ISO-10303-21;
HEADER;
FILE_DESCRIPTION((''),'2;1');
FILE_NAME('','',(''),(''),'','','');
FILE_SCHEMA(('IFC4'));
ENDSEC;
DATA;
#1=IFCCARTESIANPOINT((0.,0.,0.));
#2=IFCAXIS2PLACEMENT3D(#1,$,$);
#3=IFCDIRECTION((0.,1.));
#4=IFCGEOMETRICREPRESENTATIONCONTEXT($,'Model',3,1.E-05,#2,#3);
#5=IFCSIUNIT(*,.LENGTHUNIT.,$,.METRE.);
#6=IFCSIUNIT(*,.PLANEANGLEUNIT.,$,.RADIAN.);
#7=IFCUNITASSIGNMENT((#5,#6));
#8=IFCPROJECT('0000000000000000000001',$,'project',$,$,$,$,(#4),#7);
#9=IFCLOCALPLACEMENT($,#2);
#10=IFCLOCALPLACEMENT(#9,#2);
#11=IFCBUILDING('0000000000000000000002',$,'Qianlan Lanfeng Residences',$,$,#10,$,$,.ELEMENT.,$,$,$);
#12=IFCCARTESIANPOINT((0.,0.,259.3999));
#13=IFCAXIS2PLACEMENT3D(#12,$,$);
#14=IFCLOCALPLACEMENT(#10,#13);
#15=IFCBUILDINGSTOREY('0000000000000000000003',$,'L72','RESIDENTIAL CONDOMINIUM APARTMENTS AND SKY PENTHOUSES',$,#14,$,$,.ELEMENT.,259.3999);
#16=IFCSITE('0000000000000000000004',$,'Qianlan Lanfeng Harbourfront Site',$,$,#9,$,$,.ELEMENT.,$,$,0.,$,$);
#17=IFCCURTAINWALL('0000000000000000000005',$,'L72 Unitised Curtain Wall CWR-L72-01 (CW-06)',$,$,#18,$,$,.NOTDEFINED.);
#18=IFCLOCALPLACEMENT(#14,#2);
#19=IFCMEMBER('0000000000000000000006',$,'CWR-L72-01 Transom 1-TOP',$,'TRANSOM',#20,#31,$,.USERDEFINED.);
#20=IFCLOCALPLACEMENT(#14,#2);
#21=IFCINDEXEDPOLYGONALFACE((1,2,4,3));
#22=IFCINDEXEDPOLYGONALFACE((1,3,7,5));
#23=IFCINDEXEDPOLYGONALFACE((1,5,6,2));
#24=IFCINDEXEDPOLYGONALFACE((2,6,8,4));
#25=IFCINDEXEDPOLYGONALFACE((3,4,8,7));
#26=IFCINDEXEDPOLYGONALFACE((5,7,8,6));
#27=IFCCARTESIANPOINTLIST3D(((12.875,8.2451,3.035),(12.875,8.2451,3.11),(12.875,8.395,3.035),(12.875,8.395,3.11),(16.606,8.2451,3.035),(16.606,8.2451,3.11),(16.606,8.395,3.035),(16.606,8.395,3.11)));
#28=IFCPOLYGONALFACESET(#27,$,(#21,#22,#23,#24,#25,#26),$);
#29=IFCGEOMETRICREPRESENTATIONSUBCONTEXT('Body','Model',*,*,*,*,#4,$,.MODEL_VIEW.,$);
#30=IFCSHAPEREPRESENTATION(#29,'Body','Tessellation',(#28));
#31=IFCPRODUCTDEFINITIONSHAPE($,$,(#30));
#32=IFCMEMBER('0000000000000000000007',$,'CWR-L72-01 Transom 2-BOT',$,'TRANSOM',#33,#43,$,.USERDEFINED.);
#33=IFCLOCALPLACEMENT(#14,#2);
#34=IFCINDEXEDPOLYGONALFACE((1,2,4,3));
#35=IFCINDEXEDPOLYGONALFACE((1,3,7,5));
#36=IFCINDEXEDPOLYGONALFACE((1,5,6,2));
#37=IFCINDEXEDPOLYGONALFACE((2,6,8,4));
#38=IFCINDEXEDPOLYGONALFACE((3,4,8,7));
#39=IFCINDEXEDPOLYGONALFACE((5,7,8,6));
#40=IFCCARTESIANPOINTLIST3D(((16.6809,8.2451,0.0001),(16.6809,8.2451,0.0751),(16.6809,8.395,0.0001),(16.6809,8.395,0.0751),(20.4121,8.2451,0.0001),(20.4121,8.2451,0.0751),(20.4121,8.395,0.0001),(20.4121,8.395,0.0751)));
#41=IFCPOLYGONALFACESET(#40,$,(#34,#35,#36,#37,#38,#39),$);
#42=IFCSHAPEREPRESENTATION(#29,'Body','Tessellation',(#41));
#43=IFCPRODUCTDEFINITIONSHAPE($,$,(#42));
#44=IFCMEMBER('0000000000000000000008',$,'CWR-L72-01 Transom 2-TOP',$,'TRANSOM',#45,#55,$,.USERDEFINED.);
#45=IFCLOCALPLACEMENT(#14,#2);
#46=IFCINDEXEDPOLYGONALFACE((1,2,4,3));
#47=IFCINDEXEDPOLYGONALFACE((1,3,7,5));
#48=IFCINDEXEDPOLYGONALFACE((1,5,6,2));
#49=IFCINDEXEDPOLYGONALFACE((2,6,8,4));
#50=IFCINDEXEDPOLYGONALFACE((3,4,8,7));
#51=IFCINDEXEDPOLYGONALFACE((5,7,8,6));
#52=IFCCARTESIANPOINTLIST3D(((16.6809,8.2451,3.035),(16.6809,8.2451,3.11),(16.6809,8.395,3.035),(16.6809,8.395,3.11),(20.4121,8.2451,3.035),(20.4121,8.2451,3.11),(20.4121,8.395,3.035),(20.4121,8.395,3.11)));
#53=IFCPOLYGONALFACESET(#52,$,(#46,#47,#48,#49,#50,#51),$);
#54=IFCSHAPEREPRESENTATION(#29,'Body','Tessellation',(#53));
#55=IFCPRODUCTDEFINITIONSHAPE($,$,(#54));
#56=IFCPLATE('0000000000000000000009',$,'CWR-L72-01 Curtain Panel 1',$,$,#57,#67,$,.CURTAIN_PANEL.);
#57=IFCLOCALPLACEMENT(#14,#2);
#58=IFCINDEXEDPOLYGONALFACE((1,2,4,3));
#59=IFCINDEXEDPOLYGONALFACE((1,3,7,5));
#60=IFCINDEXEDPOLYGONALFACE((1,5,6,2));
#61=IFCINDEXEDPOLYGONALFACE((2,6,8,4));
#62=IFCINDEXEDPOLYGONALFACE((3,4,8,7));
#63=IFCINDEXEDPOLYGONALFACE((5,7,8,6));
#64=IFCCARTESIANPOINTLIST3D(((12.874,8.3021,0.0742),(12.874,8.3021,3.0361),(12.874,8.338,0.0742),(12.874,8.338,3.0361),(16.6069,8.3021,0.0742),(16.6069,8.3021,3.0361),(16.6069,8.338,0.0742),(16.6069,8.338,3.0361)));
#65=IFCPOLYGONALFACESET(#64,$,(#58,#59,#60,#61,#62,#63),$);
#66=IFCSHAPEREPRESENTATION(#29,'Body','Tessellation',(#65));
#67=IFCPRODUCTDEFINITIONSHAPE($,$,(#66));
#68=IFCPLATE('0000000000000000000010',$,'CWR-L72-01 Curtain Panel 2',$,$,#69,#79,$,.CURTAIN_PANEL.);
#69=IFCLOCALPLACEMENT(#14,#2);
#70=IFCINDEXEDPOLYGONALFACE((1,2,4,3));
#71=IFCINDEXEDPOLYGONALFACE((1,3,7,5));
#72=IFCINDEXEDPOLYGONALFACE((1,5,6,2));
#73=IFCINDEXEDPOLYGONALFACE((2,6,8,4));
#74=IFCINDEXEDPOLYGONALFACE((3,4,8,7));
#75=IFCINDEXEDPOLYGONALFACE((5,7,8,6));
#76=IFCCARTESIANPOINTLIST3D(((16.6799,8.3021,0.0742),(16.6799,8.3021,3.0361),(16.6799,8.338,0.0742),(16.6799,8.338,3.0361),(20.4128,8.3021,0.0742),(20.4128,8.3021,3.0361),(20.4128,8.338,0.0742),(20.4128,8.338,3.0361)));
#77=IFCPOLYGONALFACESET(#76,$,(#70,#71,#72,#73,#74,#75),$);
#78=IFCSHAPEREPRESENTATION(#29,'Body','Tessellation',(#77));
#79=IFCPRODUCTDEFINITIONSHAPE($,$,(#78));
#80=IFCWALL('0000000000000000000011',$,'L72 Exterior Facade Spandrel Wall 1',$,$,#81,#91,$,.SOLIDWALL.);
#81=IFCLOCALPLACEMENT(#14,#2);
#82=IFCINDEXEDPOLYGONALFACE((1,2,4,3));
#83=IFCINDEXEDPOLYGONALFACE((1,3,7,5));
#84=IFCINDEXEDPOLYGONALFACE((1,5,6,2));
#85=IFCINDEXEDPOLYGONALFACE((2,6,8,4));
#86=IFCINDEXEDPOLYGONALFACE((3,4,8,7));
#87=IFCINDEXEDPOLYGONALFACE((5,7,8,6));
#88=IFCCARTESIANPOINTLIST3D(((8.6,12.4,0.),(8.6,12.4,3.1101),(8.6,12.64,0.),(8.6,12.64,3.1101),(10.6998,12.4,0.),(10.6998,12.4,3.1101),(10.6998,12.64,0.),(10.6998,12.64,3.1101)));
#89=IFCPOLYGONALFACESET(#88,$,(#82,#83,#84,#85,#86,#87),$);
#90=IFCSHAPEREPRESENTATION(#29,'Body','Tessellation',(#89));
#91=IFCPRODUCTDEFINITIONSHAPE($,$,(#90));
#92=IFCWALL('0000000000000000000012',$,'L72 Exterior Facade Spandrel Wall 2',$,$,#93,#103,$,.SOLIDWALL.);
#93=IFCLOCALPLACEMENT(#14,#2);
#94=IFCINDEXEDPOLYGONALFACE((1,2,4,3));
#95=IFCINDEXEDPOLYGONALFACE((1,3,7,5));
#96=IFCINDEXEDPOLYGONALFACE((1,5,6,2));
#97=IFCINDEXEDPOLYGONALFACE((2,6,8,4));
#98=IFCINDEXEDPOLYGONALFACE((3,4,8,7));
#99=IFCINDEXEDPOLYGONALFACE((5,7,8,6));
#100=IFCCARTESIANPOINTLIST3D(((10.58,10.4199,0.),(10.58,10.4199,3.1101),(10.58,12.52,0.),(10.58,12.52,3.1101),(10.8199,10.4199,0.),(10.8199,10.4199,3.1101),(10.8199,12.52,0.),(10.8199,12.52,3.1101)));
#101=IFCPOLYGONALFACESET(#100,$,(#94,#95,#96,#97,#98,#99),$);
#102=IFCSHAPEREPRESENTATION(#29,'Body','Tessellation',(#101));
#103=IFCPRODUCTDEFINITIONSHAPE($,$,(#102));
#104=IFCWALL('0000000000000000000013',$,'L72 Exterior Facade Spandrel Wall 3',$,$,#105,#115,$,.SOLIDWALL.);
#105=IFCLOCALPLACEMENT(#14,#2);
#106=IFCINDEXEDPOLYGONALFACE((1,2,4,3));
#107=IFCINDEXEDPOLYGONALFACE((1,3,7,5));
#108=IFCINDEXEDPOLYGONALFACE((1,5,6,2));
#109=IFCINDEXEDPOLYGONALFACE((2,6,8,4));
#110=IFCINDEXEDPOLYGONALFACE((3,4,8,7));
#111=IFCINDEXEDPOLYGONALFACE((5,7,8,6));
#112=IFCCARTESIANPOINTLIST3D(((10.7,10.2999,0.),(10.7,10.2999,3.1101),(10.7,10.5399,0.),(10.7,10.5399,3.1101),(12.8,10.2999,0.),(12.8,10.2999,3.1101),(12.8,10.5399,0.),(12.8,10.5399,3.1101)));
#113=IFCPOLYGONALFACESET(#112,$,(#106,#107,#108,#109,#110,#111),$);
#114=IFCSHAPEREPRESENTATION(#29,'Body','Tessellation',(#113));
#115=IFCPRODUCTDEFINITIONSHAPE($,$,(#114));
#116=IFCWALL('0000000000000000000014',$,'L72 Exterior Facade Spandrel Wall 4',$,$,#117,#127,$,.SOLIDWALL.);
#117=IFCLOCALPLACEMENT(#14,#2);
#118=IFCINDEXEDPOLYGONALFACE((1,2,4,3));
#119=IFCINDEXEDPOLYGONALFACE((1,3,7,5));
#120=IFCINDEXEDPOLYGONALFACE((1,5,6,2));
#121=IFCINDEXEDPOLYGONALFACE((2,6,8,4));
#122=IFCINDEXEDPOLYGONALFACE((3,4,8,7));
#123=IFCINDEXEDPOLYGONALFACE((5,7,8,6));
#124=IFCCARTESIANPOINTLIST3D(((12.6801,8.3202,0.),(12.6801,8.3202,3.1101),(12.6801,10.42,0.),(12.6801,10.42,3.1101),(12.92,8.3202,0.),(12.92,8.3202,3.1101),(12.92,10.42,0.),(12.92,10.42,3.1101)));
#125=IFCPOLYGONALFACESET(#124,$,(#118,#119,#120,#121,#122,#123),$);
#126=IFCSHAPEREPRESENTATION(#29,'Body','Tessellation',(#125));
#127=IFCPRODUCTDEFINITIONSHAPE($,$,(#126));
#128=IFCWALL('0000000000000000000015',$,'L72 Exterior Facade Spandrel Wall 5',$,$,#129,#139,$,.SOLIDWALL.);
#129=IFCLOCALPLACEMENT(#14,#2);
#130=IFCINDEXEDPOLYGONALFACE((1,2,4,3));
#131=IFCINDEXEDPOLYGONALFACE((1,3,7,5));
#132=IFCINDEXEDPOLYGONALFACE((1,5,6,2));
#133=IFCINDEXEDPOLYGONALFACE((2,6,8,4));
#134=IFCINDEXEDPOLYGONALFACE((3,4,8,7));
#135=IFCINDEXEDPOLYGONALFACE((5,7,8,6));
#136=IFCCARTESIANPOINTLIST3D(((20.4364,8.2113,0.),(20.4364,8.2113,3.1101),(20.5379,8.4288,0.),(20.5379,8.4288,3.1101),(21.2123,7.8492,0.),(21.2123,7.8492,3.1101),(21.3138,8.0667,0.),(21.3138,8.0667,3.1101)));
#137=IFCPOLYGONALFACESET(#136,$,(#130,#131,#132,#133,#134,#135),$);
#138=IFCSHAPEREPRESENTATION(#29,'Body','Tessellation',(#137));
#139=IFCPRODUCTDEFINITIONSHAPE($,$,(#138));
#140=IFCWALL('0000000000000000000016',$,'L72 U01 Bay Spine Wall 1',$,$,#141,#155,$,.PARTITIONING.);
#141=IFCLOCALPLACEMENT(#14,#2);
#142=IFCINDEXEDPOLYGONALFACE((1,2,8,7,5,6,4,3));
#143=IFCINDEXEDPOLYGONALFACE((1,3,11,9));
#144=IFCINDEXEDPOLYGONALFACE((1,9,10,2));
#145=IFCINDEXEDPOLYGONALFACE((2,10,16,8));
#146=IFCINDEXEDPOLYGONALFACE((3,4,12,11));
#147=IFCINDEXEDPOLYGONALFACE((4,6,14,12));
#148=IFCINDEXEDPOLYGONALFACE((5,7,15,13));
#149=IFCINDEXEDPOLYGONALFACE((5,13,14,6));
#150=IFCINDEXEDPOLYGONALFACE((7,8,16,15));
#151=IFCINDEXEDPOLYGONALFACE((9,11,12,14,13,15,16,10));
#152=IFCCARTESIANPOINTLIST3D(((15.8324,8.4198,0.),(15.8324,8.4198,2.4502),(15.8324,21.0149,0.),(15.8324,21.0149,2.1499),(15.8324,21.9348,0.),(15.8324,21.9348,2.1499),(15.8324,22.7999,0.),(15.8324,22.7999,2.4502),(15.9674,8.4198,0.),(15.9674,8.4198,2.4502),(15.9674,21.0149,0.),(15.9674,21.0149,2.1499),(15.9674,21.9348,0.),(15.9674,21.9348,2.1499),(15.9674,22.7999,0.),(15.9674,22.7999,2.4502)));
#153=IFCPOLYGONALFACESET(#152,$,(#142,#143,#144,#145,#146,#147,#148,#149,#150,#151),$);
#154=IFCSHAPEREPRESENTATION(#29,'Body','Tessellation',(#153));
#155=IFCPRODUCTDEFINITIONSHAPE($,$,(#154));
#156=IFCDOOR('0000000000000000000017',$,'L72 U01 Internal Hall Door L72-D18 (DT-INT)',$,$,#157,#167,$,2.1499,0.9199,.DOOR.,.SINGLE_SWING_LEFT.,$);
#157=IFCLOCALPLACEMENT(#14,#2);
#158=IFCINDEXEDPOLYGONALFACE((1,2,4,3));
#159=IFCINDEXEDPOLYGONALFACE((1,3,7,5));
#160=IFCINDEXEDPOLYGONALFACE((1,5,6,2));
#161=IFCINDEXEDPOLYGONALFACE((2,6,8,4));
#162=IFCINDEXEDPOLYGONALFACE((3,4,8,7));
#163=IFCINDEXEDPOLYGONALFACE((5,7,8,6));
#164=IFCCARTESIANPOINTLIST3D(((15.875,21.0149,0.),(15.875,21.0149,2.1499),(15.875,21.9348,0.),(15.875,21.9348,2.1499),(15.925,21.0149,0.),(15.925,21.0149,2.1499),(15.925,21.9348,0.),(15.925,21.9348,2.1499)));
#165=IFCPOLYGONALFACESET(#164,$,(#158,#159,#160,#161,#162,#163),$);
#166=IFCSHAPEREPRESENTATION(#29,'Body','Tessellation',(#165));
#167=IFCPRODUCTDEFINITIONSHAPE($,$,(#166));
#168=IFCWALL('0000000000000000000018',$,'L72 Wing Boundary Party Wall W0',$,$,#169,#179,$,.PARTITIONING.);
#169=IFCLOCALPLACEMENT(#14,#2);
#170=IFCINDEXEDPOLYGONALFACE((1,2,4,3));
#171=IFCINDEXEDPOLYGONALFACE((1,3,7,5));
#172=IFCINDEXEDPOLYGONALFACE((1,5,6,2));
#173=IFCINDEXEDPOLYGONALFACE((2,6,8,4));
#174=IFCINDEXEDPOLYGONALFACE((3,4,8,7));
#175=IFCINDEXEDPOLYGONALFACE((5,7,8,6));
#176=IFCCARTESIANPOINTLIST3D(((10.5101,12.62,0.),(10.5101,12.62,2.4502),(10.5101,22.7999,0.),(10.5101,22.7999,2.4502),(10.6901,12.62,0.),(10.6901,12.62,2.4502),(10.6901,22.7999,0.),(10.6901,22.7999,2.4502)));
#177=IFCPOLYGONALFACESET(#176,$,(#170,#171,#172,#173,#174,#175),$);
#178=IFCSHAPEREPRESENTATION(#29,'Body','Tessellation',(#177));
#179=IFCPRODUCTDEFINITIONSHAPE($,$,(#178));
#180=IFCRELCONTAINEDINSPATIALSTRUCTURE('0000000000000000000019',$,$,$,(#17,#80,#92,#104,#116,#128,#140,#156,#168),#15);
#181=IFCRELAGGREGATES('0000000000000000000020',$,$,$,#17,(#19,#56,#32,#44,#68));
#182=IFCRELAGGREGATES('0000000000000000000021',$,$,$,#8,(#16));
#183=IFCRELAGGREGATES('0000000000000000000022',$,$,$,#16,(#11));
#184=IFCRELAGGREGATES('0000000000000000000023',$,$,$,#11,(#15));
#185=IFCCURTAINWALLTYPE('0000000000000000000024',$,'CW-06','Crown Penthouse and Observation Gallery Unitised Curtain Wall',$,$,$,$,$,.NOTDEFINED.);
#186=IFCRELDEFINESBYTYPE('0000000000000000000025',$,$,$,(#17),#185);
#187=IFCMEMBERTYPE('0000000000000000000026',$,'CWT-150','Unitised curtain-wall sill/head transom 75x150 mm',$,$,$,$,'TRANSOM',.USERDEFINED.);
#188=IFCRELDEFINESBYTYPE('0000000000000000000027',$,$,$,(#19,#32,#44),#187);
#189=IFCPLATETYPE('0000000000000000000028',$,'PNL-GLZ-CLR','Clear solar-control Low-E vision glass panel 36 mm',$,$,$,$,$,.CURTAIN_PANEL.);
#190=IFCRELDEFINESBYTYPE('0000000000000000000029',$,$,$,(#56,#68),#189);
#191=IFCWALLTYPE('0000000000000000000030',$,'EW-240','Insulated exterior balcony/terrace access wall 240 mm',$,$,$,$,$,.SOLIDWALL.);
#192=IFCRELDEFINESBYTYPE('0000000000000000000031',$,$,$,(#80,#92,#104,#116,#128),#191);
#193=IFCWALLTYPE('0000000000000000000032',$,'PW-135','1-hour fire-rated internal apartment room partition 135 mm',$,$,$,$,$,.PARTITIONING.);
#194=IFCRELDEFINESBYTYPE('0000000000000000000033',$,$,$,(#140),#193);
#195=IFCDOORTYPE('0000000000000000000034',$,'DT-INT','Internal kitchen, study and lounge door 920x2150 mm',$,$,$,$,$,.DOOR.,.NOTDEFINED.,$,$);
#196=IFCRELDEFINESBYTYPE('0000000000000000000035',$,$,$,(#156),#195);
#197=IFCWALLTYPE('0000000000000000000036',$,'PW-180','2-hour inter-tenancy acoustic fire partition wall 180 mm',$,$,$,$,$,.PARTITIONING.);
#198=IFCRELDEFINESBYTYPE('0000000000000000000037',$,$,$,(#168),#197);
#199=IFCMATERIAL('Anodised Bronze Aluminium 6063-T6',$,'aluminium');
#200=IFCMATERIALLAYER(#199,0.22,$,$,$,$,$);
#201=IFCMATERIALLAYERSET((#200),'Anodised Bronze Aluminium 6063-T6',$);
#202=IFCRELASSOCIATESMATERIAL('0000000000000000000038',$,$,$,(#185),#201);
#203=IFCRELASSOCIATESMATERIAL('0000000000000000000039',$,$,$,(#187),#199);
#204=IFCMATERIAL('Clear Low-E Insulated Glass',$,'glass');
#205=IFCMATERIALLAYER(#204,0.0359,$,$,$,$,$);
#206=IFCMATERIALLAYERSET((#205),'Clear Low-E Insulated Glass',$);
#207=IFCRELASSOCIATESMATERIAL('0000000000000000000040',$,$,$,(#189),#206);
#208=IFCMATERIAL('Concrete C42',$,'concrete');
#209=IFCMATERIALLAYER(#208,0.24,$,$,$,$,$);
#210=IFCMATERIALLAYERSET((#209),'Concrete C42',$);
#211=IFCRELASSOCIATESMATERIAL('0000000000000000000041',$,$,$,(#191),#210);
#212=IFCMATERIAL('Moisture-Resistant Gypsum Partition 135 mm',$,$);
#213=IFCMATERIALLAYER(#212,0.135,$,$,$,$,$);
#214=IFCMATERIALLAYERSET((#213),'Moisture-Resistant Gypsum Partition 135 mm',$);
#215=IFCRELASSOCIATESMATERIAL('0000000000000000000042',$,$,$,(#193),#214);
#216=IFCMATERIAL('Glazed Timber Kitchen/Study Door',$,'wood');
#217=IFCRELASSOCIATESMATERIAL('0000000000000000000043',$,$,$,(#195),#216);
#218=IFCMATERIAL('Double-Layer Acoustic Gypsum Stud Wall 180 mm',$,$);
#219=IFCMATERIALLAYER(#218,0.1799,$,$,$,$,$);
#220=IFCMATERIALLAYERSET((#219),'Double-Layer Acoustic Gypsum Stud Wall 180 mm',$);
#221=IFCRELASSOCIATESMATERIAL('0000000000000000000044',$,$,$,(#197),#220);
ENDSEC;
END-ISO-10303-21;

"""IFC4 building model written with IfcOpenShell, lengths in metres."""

from ifc_helpers import new_model, si_unit, direction, frame, frame_2d, origin, origin_2d, place, context, subcontext, project, spatial, rectangle, extrude, source, transform, mapped, material, layer, layer_set, material_profile, profile_set, type_object, element, fill, aggregate, save


model = new_model("IFC4")

# Units and contexts
model_context = context("Model", 3, precision=1e-05, world=origin(), true_north=direction((0.0, 1.0)))
body_context = subcontext(model_context, "Body", "Model", "MODEL_VIEW")
ifc_project = project(units=[si_unit("LENGTHUNIT", "METRE"), si_unit("PLANEANGLEUNIT", "RADIAN")], contexts=[model_context])

# Site, building, storey
site_placement = place(None, origin())
site = spatial("IfcSite", under=ifc_project, at=site_placement, Name="Qianlan Lanfeng Harbourfront Site", CompositionType="ELEMENT", RefElevation=0.0)
building_placement = place(site_placement, origin())
building = spatial("IfcBuilding", under=site, at=building_placement, Name="Qianlan Lanfeng Residences", CompositionType="ELEMENT")
storey_placement = place(building_placement, frame((0.0, 0.0, 259.3999)))
storey = spatial("IfcBuildingStorey", under=building, at=storey_placement, Name="L72", Description="RESIDENTIAL CONDOMINIUM APARTMENTS AND SKY PENTHOUSES", CompositionType="ELEMENT", Elevation=259.3999)

# Curtain wall
ifc_material_1 = material(Name="Anodised Bronze Aluminium 6063-T6", Category="aluminium")
ifc_layer_1 = layer(ifc_material_1, 0.22)
ifc_layer_set_1 = layer_set([ifc_layer_1], Name="Anodised Bronze Aluminium 6063-T6")
curtain_wall_type = type_object("IfcCurtainWallType", Name="CW-06", Description="Crown Penthouse and Observation Gallery Unitised Curtain Wall", PredefinedType="NOTDEFINED", material=ifc_layer_set_1)
curtain_wall_1_placement = place(storey_placement, origin())
curtain_wall_1 = element("IfcCurtainWall", 1, at=curtain_wall_1_placement, inside=storey, type_object=curtain_wall_type, Name="L72 Unitised Curtain Wall CWR-L72-01 (CW-06)", PredefinedType="NOTDEFINED")

# Members
ifc_material_profile_1 = material_profile(ifc_material_1, rectangle(XDim=0.075, YDim=0.1499, at=origin_2d()), Name="ALU TRANSOM 75x150")
ifc_profile_set_1 = profile_set([ifc_material_profile_1], Name="Anodised Bronze Aluminium 6063-T6")
member_type_1 = type_object("IfcMemberType", Name="CWT-150", Description="Unitised curtain-wall sill/head transom 75x150 mm", ElementType="TRANSOM", PredefinedType="USERDEFINED", material=ifc_profile_set_1)
shared_shape_1 = source(origin(), body_context, "Body", "SweptSolid", [
    extrude(rectangle(XDim=0.075, YDim=0.1499, at=origin_2d()), origin(), (0.0, 0.0, 1.0), 3.731),
])
member_1_placement = place(storey_placement, frame((12.875, 8.3201, 3.0725), z_axis=(1.0, 0.0, 0.0), x_axis=(0.0, 0.0, 1.0)))
member_1 = element("IfcMember", 2, at=member_1_placement, type_object=member_type_1, Name="CWR-L72-01 Transom 1-TOP", ObjectType="TRANSOM", PredefinedType="USERDEFINED", context=body_context, shape_type="MappedRepresentation", body=[
    mapped(shared_shape_1, transform((0.0, 0.0, 0.0), scale=1.0)),
])
shared_shape_2 = source(origin(), body_context, "Body", "SweptSolid", [
    extrude(rectangle(XDim=0.075, YDim=0.1499, at=origin_2d()), origin(), (0.0, 0.0, 1.0), 3.7312),
])
member_2_placement = place(storey_placement, frame((16.6809, 8.3201, 0.0376), z_axis=(1.0, 0.0, 0.0), x_axis=(0.0, 0.0, 1.0)))
member_2 = element("IfcMember", 3, at=member_2_placement, type_object=member_type_1, Name="CWR-L72-01 Transom 2-BOT", ObjectType="TRANSOM", PredefinedType="USERDEFINED", context=body_context, shape_type="MappedRepresentation", body=[
    mapped(shared_shape_2, transform((0.0, 0.0, 0.0), scale=1.0)),
])
member_3_placement = place(storey_placement, frame((16.6809, 8.3201, 3.0725), z_axis=(1.0, 0.0, 0.0), x_axis=(0.0, 0.0, 1.0)))
member_3 = element("IfcMember", 4, at=member_3_placement, type_object=member_type_1, Name="CWR-L72-01 Transom 2-TOP", ObjectType="TRANSOM", PredefinedType="USERDEFINED", context=body_context, shape_type="MappedRepresentation", body=[
    mapped(shared_shape_2, transform((0.0, 0.0, 0.0), scale=1.0)),
])

# Plates
ifc_material_2 = material(Name="Clear Low-E Insulated Glass", Category="glass")
ifc_layer_2 = layer(ifc_material_2, 0.0359)
ifc_layer_set_2 = layer_set([ifc_layer_2], Name="Clear Low-E Insulated Glass")
plate_type = type_object("IfcPlateType", Name="PNL-GLZ-CLR", Description="Clear solar-control Low-E vision glass panel 36 mm", PredefinedType="CURTAIN_PANEL", material=ifc_layer_set_2)
shared_shape_3 = source(origin(), body_context, "Body", "SweptSolid", [
    extrude(rectangle(XDim=3.7329, YDim=0.0359, at=origin_2d()), origin(), (0.0, 0.0, 1.0), 2.9619),
])
plate_1_placement = place(storey_placement, frame((14.7405, 8.3201, 0.0742), z_axis=(0.0, 0.0, 1.0), x_axis=(1.0, 0.0, 0.0)))
plate_1 = element("IfcPlate", 5, at=plate_1_placement, type_object=plate_type, Name="CWR-L72-01 Curtain Panel 1", PredefinedType="CURTAIN_PANEL", context=body_context, shape_type="MappedRepresentation", body=[
    mapped(shared_shape_3, transform((0.0, 0.0, 0.0), scale=1.0)),
])
plate_2_placement = place(storey_placement, frame((18.5464, 8.3201, 0.0742), z_axis=(0.0, 0.0, 1.0), x_axis=(1.0, 0.0, 0.0)))
plate_2 = element("IfcPlate", 6, at=plate_2_placement, type_object=plate_type, Name="CWR-L72-01 Curtain Panel 2", PredefinedType="CURTAIN_PANEL", context=body_context, shape_type="MappedRepresentation", body=[
    mapped(shared_shape_3, transform((0.0, 0.0, 0.0), scale=1.0)),
])
aggregate(curtain_wall_1, [member_1, plate_1, member_2, member_3, plate_2])

# Walls
ifc_material_3 = material(Name="Concrete C42", Category="concrete")
ifc_layer_3 = layer(ifc_material_3, 0.24)
ifc_layer_set_3 = layer_set([ifc_layer_3], Name="Concrete C42")
wall_type_1 = type_object("IfcWallType", Name="EW-240", Description="Insulated exterior balcony/terrace access wall 240 mm", PredefinedType="SOLIDWALL", material=ifc_layer_set_3)
wall_1_placement = place(storey_placement, frame((8.6001, 12.52, 0.0), z_axis=(0.0, 0.0, 1.0), x_axis=(1.0, 0.0, 0.0)))
element("IfcWall", 7, at=wall_1_placement, inside=storey, type_object=wall_type_1, Name="L72 Exterior Facade Spandrel Wall 1", PredefinedType="SOLIDWALL", context=body_context, shape_type="SweptSolid", body=[
    extrude(rectangle(XDim=2.0999, YDim=0.24, at=frame_2d((1.0498, 0.0))), origin(), (0.0, 0.0, 1.0), 3.1101),
])
for number, where, z_axis, x_axis, name in (
    (8, (10.7, 12.52, 0.0), (0.0, 0.0, 1.0), (0.0, -1.0, 0.0), "L72 Exterior Facade Spandrel Wall 2"),
    (9, (10.7, 10.4199, 0.0), (0.0, 0.0, 1.0), (1.0, 0.0, 0.0), "L72 Exterior Facade Spandrel Wall 3"),
):
    element("IfcWall", number, at=place(storey_placement, frame(where, z_axis=z_axis, x_axis=x_axis)), inside=storey, type_object=wall_type_1, Name=name, PredefinedType="SOLIDWALL", context=body_context, shape_type="SweptSolid", body=[
        extrude(rectangle(XDim=2.1001, YDim=0.24, at=frame_2d((1.05, 0.0))), origin(), (0.0, 0.0, 1.0), 3.1101),
    ])
wall_2_placement = place(storey_placement, frame((12.8, 10.4199, 0.0), z_axis=(0.0, 0.0, 1.0), x_axis=(0.0, -1.0, 0.0)))
element("IfcWall", 10, at=wall_2_placement, inside=storey, type_object=wall_type_1, Name="L72 Exterior Facade Spandrel Wall 4", PredefinedType="SOLIDWALL", context=body_context, shape_type="SweptSolid", body=[
    extrude(rectangle(XDim=2.0999, YDim=0.24, at=frame_2d((1.0498, 0.0))), origin(), (0.0, 0.0, 1.0), 3.1101),
])
wall_3_placement = place(storey_placement, frame((20.4871, 8.3201, 0.0), z_axis=(0.0, 0.0, 1.0), x_axis=(0.90619, -0.42287, 0.0)))
element("IfcWall", 11, at=wall_3_placement, inside=storey, type_object=wall_type_1, Name="L72 Exterior Facade Spandrel Wall 5", PredefinedType="SOLIDWALL", context=body_context, shape_type="SweptSolid", body=[
    extrude(rectangle(XDim=0.8562, YDim=0.24, at=frame_2d((0.4282, 0.0))), origin(), (0.0, 0.0, 1.0), 3.1101),
])

# Wall, opening, door
ifc_material_4 = material(Name="Moisture-Resistant Gypsum Partition 135 mm")
ifc_layer_4 = layer(ifc_material_4, 0.135)
ifc_layer_set_4 = layer_set([ifc_layer_4], Name="Moisture-Resistant Gypsum Partition 135 mm")
wall_type_2 = type_object("IfcWallType", Name="PW-135", Description="1-hour fire-rated internal apartment room partition 135 mm", PredefinedType="PARTITIONING", material=ifc_layer_set_4)
wall_4_placement = place(storey_placement, frame((15.8999, 8.4199, 0.0), z_axis=(0.0, 0.0, 1.0), x_axis=(0.0, 1.0, 0.0)))
wall_4 = element("IfcWall", 12, at=wall_4_placement, inside=storey, type_object=wall_type_2, Name="L72 U01 Bay Spine Wall 1", PredefinedType="PARTITIONING", context=body_context, shape_type="SweptSolid", body=[
    extrude(rectangle(XDim=14.3801, YDim=0.135, at=frame_2d((7.1899, 0.0))), origin(), (0.0, 0.0, 1.0), 2.4502),
])
opening_placement = place(wall_4_placement, frame((12.595, 0.0, 0.0)))
opening = element("IfcOpeningElement", 13, at=opening_placement, cuts=wall_4, PredefinedType="OPENING", context=body_context, shape_type="SweptSolid", body=[
    extrude(rectangle(XDim=0.9199, YDim=2.1499, at=frame_2d((0.46, 1.075))), frame((0.0, 0.0776, 0.0), z_axis=(0.0, -1.0, 0.0), x_axis=(1.0, 0.0, 0.0)), (0.0, 0.0, 1.0), 0.155),
])
ifc_material_5 = material(Name="Glazed Timber Kitchen/Study Door", Category="wood")
door_type = type_object("IfcDoorType", Name="DT-INT", Description="Internal kitchen, study and lounge door 920x2150 mm", OperationType="NOTDEFINED", PredefinedType="DOOR", material=ifc_material_5)
door_placement = place(opening_placement, origin())
door = element("IfcDoor", 14, at=door_placement, inside=storey, type_object=door_type, Name="L72 U01 Internal Hall Door L72-D18 (DT-INT)", OperationType="SINGLE_SWING_LEFT", OverallHeight=2.1499, OverallWidth=0.9199, PredefinedType="DOOR", context=body_context, shape_type="SweptSolid", body=[
    extrude(rectangle(XDim=0.9199, YDim=2.1499, at=frame_2d((0.46, 1.075))), frame((0.0, 0.0249, 0.0), z_axis=(0.0, -1.0, 0.0), x_axis=(1.0, 0.0, 0.0)), (0.0, 0.0, 1.0), 0.05),
])
fill(opening, door)

# Wall
ifc_material_6 = material(Name="Double-Layer Acoustic Gypsum Stud Wall 180 mm")
ifc_layer_5 = layer(ifc_material_6, 0.1799)
ifc_layer_set_5 = layer_set([ifc_layer_5], Name="Double-Layer Acoustic Gypsum Stud Wall 180 mm")
wall_type_3 = type_object("IfcWallType", Name="PW-180", Description="2-hour inter-tenancy acoustic fire partition wall 180 mm", PredefinedType="PARTITIONING", material=ifc_layer_set_5)
wall_5_placement = place(storey_placement, frame((10.6001, 12.6201, 0.0), z_axis=(0.0, 0.0, 1.0), x_axis=(0.0, 1.0, 0.0)))
element("IfcWall", 15, at=wall_5_placement, inside=storey, type_object=wall_type_3, Name="L72 Wing Boundary Party Wall W0", PredefinedType="PARTITIONING", context=body_context, shape_type="SweptSolid", body=[
    extrude(rectangle(XDim=10.1799, YDim=0.1799, at=frame_2d((5.0898, 0.0))), origin(), (0.0, 0.0, 1.0), 2.4502),
])

save(model, "model.ifc")
